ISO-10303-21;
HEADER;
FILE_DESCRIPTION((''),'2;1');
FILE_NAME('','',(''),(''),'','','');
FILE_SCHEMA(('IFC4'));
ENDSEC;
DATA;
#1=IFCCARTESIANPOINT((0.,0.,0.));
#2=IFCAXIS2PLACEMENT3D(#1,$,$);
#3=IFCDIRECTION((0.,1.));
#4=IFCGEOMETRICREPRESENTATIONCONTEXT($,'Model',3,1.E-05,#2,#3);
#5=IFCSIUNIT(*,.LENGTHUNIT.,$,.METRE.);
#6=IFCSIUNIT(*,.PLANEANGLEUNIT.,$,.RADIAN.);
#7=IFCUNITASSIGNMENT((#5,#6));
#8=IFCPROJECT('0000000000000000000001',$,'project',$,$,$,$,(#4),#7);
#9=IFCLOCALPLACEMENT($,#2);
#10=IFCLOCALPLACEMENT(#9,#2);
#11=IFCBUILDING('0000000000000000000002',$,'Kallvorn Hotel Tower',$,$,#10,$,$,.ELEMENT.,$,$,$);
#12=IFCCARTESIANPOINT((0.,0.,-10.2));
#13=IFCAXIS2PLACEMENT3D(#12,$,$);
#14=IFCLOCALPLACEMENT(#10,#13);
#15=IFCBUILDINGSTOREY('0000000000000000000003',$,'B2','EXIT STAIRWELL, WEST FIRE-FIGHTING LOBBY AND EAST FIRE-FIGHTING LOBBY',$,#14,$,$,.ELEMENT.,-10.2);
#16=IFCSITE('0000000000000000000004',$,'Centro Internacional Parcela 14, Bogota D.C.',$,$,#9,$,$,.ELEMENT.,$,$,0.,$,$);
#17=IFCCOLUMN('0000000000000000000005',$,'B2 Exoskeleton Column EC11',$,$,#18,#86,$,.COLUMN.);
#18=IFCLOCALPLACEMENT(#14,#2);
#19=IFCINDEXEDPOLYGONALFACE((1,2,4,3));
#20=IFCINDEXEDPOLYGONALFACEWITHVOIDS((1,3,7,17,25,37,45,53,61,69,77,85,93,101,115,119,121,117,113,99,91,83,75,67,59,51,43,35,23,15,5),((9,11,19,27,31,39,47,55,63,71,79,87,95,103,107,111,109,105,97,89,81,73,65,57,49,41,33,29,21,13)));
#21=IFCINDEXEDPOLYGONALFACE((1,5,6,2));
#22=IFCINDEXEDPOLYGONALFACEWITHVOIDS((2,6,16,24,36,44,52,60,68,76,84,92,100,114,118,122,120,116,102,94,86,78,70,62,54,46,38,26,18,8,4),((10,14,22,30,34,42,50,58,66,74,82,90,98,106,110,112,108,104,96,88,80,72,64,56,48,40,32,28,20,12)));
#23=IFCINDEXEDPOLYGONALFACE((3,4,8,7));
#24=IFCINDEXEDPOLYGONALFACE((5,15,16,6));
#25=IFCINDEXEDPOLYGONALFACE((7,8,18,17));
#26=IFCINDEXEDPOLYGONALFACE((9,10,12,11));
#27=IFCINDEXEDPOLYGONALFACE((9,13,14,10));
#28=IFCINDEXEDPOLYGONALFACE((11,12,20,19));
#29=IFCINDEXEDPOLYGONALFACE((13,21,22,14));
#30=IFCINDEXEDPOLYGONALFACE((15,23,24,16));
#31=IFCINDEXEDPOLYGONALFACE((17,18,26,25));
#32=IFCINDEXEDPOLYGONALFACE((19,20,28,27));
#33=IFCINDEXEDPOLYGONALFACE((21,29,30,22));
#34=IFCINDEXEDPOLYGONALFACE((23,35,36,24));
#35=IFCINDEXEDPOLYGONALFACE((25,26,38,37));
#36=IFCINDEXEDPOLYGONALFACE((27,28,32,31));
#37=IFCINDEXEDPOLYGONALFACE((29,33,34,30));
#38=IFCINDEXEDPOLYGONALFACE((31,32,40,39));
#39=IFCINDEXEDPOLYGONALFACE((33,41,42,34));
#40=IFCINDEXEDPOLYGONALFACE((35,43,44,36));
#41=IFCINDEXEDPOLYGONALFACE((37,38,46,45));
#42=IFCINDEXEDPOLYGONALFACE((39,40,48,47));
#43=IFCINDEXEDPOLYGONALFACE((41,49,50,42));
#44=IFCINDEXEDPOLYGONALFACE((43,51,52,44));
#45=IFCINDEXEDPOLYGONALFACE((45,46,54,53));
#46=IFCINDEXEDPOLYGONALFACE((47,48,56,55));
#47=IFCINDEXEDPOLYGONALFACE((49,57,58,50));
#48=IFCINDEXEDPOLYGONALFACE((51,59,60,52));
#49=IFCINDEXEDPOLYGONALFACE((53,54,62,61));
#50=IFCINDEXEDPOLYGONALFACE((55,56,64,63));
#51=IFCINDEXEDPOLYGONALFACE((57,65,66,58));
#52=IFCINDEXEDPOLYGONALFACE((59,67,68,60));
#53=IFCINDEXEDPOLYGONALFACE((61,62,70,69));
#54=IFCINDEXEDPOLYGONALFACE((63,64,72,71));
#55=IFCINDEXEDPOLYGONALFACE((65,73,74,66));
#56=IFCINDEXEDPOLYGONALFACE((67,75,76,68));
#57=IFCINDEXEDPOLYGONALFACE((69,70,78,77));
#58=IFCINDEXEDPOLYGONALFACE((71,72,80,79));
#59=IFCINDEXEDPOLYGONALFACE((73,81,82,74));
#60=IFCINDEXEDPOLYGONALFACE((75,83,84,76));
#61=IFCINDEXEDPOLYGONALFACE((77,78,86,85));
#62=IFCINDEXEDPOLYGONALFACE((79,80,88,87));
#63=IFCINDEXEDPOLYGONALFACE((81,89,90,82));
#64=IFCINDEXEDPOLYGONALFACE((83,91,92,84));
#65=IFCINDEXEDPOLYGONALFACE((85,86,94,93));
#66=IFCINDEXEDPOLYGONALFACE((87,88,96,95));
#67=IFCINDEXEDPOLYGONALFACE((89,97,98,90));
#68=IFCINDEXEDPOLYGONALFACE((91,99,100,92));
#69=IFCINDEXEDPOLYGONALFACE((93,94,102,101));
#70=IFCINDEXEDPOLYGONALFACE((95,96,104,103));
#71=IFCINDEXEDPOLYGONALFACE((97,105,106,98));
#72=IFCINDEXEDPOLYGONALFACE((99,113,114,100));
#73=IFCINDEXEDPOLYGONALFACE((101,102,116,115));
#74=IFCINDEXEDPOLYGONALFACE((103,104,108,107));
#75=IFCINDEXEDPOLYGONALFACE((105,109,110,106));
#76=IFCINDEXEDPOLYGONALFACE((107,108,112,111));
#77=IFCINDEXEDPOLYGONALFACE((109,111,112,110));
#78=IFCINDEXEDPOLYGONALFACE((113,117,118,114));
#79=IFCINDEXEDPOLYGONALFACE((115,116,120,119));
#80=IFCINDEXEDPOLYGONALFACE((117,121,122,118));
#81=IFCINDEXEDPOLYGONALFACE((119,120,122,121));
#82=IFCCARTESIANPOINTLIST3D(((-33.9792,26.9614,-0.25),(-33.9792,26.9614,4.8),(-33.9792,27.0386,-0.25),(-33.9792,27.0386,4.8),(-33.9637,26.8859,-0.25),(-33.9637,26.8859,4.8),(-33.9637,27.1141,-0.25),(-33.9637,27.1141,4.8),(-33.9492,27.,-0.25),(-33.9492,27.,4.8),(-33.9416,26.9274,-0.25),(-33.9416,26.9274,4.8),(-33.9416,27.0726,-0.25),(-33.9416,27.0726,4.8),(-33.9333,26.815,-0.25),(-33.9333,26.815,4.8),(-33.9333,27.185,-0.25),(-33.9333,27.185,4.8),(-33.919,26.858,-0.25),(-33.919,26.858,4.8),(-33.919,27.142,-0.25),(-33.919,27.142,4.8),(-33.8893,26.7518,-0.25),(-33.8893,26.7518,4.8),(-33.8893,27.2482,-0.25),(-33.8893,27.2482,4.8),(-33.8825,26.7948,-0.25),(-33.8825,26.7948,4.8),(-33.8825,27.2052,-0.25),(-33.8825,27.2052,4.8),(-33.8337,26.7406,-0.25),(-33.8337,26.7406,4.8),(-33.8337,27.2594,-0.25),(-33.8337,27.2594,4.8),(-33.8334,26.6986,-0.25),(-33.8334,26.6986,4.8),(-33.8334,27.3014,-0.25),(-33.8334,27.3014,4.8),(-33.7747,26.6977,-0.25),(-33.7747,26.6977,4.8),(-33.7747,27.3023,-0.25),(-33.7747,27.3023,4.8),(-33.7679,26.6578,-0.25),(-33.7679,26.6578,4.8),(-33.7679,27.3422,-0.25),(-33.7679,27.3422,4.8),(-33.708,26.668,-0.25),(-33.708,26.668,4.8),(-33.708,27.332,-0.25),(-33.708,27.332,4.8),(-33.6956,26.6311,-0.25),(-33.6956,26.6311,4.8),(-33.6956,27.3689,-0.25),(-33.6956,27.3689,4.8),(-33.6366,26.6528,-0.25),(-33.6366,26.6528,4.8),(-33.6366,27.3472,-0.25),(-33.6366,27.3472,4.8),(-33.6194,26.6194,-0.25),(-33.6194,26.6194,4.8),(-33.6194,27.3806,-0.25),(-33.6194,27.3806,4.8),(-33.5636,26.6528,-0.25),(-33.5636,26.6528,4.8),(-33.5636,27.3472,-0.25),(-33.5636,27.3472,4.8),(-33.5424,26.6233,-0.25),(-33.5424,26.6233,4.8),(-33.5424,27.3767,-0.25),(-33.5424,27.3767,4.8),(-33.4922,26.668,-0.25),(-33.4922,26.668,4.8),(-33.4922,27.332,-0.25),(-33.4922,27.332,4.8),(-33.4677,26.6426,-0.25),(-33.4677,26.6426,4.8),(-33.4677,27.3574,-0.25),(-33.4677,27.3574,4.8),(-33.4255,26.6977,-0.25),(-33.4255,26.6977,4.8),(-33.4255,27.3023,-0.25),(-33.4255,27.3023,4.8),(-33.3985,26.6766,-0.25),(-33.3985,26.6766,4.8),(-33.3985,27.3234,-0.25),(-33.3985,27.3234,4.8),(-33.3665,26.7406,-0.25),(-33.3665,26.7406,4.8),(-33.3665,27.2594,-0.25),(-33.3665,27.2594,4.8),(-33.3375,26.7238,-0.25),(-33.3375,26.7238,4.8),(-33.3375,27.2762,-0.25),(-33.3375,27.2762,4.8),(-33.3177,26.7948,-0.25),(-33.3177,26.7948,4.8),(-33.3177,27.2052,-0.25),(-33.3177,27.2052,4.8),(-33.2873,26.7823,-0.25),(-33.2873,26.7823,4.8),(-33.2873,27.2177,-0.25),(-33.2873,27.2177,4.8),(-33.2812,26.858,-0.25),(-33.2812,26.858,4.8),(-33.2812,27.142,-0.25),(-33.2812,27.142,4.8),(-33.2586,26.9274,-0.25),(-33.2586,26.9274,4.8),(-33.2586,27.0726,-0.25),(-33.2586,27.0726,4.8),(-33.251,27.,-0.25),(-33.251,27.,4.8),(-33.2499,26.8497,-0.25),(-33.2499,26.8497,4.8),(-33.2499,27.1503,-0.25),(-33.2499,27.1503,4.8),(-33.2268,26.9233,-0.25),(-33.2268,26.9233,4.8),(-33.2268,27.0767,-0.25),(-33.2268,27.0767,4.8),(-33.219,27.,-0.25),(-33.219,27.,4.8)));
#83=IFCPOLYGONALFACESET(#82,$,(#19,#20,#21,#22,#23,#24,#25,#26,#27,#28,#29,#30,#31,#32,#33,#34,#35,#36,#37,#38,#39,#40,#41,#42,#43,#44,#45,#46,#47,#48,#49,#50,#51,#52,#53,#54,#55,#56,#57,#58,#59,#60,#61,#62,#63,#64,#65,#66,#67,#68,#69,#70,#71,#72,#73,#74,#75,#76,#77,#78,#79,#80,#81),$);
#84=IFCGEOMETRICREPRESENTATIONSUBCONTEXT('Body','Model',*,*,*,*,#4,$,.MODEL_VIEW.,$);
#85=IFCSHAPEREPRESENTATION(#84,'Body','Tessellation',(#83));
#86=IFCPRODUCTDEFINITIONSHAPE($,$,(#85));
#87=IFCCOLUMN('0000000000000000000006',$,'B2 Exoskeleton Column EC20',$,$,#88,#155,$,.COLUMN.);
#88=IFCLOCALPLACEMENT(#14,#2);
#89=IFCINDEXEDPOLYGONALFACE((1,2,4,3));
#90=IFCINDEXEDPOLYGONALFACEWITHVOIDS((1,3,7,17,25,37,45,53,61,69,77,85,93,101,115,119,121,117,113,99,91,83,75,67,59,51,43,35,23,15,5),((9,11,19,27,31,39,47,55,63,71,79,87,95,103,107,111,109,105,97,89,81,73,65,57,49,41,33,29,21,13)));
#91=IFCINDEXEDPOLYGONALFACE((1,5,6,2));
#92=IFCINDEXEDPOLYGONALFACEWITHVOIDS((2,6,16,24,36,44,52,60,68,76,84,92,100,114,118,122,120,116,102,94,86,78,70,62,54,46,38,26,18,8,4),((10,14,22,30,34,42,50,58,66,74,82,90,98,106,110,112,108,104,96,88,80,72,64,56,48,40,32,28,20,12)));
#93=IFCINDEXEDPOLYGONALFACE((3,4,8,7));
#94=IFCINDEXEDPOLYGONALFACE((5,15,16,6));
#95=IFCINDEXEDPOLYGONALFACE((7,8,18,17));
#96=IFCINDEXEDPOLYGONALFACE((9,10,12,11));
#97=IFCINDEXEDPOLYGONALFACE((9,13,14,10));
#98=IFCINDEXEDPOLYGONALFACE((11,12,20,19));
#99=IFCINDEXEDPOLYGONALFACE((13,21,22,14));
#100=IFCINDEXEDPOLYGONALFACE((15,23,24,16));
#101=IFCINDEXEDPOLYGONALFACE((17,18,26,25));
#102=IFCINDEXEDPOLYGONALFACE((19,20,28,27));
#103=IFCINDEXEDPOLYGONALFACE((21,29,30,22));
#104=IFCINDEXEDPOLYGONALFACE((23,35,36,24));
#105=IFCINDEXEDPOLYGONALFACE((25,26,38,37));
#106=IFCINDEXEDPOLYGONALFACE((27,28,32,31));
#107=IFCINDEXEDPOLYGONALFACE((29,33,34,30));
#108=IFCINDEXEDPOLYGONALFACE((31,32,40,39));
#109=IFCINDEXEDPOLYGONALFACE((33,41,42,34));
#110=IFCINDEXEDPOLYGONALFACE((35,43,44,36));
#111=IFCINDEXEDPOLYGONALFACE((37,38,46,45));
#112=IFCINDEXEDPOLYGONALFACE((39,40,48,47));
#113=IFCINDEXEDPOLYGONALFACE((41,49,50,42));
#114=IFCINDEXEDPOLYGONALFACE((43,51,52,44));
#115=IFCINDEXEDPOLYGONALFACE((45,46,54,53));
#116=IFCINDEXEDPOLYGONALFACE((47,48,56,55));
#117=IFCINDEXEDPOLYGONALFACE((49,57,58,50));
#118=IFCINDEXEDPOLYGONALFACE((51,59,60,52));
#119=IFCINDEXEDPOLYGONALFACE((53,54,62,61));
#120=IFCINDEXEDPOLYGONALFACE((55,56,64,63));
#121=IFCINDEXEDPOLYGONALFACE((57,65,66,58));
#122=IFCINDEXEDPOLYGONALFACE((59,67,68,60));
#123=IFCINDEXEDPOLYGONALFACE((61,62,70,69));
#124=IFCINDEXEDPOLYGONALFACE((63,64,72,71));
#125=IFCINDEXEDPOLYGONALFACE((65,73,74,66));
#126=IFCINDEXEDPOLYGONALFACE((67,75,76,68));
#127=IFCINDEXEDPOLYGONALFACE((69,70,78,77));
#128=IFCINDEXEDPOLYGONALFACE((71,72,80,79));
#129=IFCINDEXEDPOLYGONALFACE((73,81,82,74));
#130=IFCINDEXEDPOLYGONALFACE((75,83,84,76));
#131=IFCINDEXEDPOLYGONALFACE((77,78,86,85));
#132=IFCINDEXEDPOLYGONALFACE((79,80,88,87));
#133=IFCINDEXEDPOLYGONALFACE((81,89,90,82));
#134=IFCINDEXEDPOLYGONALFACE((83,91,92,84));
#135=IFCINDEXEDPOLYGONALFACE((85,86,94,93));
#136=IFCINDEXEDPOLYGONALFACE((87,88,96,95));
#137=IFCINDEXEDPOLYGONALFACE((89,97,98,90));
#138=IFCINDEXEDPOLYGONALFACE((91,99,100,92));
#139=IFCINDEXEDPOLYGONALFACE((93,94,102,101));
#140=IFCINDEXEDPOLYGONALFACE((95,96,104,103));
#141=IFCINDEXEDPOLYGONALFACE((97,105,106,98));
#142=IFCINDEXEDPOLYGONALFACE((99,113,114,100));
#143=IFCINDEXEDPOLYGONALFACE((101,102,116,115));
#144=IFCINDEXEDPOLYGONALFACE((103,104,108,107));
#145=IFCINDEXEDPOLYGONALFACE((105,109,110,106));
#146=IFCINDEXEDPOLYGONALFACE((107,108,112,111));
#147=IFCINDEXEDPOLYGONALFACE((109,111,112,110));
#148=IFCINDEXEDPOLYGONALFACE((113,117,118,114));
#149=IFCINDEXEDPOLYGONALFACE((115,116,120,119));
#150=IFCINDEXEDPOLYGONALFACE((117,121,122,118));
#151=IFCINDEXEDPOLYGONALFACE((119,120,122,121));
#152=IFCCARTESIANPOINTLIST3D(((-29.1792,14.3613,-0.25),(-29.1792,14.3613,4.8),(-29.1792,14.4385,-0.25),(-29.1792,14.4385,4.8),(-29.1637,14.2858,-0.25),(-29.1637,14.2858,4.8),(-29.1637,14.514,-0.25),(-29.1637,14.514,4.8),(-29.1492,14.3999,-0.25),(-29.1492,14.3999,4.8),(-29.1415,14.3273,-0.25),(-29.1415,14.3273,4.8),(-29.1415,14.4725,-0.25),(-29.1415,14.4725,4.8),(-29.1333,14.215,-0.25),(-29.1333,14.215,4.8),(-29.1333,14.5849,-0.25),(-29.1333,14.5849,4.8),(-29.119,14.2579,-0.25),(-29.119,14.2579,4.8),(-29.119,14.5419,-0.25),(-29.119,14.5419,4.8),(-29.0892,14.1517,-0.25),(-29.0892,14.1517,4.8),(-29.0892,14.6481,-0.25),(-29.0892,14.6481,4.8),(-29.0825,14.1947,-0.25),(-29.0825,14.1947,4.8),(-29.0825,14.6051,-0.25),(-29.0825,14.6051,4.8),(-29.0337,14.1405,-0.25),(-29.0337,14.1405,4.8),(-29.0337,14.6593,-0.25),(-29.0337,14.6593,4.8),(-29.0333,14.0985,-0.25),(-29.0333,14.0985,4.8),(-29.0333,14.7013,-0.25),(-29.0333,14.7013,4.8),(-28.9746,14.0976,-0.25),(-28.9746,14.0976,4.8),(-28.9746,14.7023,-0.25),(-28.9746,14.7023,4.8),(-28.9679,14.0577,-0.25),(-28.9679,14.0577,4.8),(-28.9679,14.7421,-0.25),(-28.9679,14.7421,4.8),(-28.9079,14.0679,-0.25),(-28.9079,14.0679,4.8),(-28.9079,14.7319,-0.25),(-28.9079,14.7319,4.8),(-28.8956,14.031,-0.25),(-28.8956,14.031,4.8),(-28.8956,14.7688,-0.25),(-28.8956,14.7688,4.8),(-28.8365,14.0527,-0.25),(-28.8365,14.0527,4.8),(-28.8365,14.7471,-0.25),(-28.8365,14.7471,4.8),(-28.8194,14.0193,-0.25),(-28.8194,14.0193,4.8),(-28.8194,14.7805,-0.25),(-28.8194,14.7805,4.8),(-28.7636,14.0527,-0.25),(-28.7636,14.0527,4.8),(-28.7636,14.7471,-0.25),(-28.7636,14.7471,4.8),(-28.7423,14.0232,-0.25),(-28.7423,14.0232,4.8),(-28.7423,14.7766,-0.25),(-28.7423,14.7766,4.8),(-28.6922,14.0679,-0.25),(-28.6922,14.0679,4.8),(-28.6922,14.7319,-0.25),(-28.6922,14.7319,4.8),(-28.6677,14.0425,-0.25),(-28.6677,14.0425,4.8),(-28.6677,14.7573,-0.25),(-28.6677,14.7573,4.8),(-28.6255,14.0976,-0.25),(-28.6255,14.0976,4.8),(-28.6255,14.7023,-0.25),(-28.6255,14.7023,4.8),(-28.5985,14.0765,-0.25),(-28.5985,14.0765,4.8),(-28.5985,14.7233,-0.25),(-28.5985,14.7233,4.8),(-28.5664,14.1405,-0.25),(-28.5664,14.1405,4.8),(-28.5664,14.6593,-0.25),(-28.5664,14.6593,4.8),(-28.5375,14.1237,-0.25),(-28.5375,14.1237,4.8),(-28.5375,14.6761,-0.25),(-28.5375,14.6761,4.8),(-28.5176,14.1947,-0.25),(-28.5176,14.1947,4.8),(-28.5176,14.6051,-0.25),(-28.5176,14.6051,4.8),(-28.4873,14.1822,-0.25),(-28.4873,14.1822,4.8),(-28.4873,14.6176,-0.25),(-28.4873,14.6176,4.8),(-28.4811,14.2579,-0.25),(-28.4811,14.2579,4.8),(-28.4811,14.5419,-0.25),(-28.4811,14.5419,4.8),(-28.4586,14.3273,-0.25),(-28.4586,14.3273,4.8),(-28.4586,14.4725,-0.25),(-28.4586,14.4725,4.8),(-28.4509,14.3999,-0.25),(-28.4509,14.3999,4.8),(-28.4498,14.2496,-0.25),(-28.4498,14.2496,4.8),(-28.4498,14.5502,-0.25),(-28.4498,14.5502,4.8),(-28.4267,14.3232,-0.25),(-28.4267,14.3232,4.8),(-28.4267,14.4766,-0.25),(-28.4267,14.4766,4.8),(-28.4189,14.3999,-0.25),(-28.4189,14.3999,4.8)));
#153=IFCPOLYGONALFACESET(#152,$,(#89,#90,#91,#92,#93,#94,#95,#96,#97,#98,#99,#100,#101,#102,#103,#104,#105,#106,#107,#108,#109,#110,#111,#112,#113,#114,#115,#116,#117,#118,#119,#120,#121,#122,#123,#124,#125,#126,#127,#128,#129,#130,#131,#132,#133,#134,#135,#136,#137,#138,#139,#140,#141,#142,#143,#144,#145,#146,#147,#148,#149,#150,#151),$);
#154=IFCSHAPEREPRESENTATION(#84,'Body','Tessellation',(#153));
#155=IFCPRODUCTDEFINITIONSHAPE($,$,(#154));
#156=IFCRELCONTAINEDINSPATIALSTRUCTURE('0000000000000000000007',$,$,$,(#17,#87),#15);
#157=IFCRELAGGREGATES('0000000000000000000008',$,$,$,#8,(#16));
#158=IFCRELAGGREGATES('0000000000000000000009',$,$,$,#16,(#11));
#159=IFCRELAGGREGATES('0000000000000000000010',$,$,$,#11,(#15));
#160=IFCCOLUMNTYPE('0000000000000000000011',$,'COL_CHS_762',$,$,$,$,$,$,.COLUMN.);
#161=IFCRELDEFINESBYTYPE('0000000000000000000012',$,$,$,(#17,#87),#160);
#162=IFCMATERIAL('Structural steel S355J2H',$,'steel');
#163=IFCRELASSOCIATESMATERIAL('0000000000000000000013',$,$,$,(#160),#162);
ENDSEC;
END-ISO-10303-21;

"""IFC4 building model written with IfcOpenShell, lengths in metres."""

from ifc_helpers import new_model, si_unit, direction, frame, origin, origin_2d, place, context, subcontext, project, spatial, hollow_circle, extrude, material, material_profile, profile_set, type_object, element, save


model = new_model("IFC4")

# Units and contexts
model_context = context("Model", 3, precision=1e-05, world=origin(), true_north=direction((0.0, 1.0)))
body_context = subcontext(model_context, "Body", "Model", "MODEL_VIEW")
ifc_project = project(units=[si_unit("LENGTHUNIT", "METRE"), si_unit("PLANEANGLEUNIT", "RADIAN")], contexts=[model_context])

# Site, building, storey
site_placement = place(None, origin())
site = spatial("IfcSite", under=ifc_project, at=site_placement, Name="Centro Internacional Parcela 14, Bogota D.C.", CompositionType="ELEMENT", RefElevation=0.0)
building_placement = place(site_placement, origin())
building = spatial("IfcBuilding", under=site, at=building_placement, Name="Kallvorn Hotel Tower", CompositionType="ELEMENT")
storey_placement = place(building_placement, frame((0.0, 0.0, -10.2)))
storey = spatial("IfcBuildingStorey", under=building, at=storey_placement, Name="B2", Description="EXIT STAIRWELL, WEST FIRE-FIGHTING LOBBY AND EAST FIRE-FIGHTING LOBBY", CompositionType="ELEMENT", Elevation=-10.2)

# Columns
ifc_material_1 = material(Name="Structural steel S355J2H", Category="steel")
ifc_material_profile_1 = material_profile(ifc_material_1, hollow_circle(Radius=0.3811, WallThickness=0.032, at=origin_2d()), Name="CHS 762x32")
ifc_profile_set_1 = profile_set([ifc_material_profile_1], Name="Structural steel S355J2H")
column_type_1 = type_object("IfcColumnType", Name="COL_CHS_762", PredefinedType="COLUMN", material=ifc_profile_set_1)
for number, where, z_axis, x_axis, name in (
    (1, (-33.6001, 27.0, -0.25), (0.0, 0.0, 1.0), (1.0, 0.0, 0.0), "B2 Exoskeleton Column EC11"),
    (2, (-28.8, 14.3999, -0.25), (0.0, 0.0, 1.0), (1.0, 0.0, 0.0), "B2 Exoskeleton Column EC20"),
):
    element("IfcColumn", number, at=place(storey_placement, frame(where, z_axis=z_axis, x_axis=x_axis)), inside=storey, type_object=column_type_1, Name=name, PredefinedType="COLUMN", context=body_context, shape_type="SweptSolid", body=[
        extrude(hollow_circle(Radius=0.3811, WallThickness=0.032, at=origin_2d()), origin(), (0.0, 0.0, 1.0), 5.05),
    ])

save(model, "model.ifc")
